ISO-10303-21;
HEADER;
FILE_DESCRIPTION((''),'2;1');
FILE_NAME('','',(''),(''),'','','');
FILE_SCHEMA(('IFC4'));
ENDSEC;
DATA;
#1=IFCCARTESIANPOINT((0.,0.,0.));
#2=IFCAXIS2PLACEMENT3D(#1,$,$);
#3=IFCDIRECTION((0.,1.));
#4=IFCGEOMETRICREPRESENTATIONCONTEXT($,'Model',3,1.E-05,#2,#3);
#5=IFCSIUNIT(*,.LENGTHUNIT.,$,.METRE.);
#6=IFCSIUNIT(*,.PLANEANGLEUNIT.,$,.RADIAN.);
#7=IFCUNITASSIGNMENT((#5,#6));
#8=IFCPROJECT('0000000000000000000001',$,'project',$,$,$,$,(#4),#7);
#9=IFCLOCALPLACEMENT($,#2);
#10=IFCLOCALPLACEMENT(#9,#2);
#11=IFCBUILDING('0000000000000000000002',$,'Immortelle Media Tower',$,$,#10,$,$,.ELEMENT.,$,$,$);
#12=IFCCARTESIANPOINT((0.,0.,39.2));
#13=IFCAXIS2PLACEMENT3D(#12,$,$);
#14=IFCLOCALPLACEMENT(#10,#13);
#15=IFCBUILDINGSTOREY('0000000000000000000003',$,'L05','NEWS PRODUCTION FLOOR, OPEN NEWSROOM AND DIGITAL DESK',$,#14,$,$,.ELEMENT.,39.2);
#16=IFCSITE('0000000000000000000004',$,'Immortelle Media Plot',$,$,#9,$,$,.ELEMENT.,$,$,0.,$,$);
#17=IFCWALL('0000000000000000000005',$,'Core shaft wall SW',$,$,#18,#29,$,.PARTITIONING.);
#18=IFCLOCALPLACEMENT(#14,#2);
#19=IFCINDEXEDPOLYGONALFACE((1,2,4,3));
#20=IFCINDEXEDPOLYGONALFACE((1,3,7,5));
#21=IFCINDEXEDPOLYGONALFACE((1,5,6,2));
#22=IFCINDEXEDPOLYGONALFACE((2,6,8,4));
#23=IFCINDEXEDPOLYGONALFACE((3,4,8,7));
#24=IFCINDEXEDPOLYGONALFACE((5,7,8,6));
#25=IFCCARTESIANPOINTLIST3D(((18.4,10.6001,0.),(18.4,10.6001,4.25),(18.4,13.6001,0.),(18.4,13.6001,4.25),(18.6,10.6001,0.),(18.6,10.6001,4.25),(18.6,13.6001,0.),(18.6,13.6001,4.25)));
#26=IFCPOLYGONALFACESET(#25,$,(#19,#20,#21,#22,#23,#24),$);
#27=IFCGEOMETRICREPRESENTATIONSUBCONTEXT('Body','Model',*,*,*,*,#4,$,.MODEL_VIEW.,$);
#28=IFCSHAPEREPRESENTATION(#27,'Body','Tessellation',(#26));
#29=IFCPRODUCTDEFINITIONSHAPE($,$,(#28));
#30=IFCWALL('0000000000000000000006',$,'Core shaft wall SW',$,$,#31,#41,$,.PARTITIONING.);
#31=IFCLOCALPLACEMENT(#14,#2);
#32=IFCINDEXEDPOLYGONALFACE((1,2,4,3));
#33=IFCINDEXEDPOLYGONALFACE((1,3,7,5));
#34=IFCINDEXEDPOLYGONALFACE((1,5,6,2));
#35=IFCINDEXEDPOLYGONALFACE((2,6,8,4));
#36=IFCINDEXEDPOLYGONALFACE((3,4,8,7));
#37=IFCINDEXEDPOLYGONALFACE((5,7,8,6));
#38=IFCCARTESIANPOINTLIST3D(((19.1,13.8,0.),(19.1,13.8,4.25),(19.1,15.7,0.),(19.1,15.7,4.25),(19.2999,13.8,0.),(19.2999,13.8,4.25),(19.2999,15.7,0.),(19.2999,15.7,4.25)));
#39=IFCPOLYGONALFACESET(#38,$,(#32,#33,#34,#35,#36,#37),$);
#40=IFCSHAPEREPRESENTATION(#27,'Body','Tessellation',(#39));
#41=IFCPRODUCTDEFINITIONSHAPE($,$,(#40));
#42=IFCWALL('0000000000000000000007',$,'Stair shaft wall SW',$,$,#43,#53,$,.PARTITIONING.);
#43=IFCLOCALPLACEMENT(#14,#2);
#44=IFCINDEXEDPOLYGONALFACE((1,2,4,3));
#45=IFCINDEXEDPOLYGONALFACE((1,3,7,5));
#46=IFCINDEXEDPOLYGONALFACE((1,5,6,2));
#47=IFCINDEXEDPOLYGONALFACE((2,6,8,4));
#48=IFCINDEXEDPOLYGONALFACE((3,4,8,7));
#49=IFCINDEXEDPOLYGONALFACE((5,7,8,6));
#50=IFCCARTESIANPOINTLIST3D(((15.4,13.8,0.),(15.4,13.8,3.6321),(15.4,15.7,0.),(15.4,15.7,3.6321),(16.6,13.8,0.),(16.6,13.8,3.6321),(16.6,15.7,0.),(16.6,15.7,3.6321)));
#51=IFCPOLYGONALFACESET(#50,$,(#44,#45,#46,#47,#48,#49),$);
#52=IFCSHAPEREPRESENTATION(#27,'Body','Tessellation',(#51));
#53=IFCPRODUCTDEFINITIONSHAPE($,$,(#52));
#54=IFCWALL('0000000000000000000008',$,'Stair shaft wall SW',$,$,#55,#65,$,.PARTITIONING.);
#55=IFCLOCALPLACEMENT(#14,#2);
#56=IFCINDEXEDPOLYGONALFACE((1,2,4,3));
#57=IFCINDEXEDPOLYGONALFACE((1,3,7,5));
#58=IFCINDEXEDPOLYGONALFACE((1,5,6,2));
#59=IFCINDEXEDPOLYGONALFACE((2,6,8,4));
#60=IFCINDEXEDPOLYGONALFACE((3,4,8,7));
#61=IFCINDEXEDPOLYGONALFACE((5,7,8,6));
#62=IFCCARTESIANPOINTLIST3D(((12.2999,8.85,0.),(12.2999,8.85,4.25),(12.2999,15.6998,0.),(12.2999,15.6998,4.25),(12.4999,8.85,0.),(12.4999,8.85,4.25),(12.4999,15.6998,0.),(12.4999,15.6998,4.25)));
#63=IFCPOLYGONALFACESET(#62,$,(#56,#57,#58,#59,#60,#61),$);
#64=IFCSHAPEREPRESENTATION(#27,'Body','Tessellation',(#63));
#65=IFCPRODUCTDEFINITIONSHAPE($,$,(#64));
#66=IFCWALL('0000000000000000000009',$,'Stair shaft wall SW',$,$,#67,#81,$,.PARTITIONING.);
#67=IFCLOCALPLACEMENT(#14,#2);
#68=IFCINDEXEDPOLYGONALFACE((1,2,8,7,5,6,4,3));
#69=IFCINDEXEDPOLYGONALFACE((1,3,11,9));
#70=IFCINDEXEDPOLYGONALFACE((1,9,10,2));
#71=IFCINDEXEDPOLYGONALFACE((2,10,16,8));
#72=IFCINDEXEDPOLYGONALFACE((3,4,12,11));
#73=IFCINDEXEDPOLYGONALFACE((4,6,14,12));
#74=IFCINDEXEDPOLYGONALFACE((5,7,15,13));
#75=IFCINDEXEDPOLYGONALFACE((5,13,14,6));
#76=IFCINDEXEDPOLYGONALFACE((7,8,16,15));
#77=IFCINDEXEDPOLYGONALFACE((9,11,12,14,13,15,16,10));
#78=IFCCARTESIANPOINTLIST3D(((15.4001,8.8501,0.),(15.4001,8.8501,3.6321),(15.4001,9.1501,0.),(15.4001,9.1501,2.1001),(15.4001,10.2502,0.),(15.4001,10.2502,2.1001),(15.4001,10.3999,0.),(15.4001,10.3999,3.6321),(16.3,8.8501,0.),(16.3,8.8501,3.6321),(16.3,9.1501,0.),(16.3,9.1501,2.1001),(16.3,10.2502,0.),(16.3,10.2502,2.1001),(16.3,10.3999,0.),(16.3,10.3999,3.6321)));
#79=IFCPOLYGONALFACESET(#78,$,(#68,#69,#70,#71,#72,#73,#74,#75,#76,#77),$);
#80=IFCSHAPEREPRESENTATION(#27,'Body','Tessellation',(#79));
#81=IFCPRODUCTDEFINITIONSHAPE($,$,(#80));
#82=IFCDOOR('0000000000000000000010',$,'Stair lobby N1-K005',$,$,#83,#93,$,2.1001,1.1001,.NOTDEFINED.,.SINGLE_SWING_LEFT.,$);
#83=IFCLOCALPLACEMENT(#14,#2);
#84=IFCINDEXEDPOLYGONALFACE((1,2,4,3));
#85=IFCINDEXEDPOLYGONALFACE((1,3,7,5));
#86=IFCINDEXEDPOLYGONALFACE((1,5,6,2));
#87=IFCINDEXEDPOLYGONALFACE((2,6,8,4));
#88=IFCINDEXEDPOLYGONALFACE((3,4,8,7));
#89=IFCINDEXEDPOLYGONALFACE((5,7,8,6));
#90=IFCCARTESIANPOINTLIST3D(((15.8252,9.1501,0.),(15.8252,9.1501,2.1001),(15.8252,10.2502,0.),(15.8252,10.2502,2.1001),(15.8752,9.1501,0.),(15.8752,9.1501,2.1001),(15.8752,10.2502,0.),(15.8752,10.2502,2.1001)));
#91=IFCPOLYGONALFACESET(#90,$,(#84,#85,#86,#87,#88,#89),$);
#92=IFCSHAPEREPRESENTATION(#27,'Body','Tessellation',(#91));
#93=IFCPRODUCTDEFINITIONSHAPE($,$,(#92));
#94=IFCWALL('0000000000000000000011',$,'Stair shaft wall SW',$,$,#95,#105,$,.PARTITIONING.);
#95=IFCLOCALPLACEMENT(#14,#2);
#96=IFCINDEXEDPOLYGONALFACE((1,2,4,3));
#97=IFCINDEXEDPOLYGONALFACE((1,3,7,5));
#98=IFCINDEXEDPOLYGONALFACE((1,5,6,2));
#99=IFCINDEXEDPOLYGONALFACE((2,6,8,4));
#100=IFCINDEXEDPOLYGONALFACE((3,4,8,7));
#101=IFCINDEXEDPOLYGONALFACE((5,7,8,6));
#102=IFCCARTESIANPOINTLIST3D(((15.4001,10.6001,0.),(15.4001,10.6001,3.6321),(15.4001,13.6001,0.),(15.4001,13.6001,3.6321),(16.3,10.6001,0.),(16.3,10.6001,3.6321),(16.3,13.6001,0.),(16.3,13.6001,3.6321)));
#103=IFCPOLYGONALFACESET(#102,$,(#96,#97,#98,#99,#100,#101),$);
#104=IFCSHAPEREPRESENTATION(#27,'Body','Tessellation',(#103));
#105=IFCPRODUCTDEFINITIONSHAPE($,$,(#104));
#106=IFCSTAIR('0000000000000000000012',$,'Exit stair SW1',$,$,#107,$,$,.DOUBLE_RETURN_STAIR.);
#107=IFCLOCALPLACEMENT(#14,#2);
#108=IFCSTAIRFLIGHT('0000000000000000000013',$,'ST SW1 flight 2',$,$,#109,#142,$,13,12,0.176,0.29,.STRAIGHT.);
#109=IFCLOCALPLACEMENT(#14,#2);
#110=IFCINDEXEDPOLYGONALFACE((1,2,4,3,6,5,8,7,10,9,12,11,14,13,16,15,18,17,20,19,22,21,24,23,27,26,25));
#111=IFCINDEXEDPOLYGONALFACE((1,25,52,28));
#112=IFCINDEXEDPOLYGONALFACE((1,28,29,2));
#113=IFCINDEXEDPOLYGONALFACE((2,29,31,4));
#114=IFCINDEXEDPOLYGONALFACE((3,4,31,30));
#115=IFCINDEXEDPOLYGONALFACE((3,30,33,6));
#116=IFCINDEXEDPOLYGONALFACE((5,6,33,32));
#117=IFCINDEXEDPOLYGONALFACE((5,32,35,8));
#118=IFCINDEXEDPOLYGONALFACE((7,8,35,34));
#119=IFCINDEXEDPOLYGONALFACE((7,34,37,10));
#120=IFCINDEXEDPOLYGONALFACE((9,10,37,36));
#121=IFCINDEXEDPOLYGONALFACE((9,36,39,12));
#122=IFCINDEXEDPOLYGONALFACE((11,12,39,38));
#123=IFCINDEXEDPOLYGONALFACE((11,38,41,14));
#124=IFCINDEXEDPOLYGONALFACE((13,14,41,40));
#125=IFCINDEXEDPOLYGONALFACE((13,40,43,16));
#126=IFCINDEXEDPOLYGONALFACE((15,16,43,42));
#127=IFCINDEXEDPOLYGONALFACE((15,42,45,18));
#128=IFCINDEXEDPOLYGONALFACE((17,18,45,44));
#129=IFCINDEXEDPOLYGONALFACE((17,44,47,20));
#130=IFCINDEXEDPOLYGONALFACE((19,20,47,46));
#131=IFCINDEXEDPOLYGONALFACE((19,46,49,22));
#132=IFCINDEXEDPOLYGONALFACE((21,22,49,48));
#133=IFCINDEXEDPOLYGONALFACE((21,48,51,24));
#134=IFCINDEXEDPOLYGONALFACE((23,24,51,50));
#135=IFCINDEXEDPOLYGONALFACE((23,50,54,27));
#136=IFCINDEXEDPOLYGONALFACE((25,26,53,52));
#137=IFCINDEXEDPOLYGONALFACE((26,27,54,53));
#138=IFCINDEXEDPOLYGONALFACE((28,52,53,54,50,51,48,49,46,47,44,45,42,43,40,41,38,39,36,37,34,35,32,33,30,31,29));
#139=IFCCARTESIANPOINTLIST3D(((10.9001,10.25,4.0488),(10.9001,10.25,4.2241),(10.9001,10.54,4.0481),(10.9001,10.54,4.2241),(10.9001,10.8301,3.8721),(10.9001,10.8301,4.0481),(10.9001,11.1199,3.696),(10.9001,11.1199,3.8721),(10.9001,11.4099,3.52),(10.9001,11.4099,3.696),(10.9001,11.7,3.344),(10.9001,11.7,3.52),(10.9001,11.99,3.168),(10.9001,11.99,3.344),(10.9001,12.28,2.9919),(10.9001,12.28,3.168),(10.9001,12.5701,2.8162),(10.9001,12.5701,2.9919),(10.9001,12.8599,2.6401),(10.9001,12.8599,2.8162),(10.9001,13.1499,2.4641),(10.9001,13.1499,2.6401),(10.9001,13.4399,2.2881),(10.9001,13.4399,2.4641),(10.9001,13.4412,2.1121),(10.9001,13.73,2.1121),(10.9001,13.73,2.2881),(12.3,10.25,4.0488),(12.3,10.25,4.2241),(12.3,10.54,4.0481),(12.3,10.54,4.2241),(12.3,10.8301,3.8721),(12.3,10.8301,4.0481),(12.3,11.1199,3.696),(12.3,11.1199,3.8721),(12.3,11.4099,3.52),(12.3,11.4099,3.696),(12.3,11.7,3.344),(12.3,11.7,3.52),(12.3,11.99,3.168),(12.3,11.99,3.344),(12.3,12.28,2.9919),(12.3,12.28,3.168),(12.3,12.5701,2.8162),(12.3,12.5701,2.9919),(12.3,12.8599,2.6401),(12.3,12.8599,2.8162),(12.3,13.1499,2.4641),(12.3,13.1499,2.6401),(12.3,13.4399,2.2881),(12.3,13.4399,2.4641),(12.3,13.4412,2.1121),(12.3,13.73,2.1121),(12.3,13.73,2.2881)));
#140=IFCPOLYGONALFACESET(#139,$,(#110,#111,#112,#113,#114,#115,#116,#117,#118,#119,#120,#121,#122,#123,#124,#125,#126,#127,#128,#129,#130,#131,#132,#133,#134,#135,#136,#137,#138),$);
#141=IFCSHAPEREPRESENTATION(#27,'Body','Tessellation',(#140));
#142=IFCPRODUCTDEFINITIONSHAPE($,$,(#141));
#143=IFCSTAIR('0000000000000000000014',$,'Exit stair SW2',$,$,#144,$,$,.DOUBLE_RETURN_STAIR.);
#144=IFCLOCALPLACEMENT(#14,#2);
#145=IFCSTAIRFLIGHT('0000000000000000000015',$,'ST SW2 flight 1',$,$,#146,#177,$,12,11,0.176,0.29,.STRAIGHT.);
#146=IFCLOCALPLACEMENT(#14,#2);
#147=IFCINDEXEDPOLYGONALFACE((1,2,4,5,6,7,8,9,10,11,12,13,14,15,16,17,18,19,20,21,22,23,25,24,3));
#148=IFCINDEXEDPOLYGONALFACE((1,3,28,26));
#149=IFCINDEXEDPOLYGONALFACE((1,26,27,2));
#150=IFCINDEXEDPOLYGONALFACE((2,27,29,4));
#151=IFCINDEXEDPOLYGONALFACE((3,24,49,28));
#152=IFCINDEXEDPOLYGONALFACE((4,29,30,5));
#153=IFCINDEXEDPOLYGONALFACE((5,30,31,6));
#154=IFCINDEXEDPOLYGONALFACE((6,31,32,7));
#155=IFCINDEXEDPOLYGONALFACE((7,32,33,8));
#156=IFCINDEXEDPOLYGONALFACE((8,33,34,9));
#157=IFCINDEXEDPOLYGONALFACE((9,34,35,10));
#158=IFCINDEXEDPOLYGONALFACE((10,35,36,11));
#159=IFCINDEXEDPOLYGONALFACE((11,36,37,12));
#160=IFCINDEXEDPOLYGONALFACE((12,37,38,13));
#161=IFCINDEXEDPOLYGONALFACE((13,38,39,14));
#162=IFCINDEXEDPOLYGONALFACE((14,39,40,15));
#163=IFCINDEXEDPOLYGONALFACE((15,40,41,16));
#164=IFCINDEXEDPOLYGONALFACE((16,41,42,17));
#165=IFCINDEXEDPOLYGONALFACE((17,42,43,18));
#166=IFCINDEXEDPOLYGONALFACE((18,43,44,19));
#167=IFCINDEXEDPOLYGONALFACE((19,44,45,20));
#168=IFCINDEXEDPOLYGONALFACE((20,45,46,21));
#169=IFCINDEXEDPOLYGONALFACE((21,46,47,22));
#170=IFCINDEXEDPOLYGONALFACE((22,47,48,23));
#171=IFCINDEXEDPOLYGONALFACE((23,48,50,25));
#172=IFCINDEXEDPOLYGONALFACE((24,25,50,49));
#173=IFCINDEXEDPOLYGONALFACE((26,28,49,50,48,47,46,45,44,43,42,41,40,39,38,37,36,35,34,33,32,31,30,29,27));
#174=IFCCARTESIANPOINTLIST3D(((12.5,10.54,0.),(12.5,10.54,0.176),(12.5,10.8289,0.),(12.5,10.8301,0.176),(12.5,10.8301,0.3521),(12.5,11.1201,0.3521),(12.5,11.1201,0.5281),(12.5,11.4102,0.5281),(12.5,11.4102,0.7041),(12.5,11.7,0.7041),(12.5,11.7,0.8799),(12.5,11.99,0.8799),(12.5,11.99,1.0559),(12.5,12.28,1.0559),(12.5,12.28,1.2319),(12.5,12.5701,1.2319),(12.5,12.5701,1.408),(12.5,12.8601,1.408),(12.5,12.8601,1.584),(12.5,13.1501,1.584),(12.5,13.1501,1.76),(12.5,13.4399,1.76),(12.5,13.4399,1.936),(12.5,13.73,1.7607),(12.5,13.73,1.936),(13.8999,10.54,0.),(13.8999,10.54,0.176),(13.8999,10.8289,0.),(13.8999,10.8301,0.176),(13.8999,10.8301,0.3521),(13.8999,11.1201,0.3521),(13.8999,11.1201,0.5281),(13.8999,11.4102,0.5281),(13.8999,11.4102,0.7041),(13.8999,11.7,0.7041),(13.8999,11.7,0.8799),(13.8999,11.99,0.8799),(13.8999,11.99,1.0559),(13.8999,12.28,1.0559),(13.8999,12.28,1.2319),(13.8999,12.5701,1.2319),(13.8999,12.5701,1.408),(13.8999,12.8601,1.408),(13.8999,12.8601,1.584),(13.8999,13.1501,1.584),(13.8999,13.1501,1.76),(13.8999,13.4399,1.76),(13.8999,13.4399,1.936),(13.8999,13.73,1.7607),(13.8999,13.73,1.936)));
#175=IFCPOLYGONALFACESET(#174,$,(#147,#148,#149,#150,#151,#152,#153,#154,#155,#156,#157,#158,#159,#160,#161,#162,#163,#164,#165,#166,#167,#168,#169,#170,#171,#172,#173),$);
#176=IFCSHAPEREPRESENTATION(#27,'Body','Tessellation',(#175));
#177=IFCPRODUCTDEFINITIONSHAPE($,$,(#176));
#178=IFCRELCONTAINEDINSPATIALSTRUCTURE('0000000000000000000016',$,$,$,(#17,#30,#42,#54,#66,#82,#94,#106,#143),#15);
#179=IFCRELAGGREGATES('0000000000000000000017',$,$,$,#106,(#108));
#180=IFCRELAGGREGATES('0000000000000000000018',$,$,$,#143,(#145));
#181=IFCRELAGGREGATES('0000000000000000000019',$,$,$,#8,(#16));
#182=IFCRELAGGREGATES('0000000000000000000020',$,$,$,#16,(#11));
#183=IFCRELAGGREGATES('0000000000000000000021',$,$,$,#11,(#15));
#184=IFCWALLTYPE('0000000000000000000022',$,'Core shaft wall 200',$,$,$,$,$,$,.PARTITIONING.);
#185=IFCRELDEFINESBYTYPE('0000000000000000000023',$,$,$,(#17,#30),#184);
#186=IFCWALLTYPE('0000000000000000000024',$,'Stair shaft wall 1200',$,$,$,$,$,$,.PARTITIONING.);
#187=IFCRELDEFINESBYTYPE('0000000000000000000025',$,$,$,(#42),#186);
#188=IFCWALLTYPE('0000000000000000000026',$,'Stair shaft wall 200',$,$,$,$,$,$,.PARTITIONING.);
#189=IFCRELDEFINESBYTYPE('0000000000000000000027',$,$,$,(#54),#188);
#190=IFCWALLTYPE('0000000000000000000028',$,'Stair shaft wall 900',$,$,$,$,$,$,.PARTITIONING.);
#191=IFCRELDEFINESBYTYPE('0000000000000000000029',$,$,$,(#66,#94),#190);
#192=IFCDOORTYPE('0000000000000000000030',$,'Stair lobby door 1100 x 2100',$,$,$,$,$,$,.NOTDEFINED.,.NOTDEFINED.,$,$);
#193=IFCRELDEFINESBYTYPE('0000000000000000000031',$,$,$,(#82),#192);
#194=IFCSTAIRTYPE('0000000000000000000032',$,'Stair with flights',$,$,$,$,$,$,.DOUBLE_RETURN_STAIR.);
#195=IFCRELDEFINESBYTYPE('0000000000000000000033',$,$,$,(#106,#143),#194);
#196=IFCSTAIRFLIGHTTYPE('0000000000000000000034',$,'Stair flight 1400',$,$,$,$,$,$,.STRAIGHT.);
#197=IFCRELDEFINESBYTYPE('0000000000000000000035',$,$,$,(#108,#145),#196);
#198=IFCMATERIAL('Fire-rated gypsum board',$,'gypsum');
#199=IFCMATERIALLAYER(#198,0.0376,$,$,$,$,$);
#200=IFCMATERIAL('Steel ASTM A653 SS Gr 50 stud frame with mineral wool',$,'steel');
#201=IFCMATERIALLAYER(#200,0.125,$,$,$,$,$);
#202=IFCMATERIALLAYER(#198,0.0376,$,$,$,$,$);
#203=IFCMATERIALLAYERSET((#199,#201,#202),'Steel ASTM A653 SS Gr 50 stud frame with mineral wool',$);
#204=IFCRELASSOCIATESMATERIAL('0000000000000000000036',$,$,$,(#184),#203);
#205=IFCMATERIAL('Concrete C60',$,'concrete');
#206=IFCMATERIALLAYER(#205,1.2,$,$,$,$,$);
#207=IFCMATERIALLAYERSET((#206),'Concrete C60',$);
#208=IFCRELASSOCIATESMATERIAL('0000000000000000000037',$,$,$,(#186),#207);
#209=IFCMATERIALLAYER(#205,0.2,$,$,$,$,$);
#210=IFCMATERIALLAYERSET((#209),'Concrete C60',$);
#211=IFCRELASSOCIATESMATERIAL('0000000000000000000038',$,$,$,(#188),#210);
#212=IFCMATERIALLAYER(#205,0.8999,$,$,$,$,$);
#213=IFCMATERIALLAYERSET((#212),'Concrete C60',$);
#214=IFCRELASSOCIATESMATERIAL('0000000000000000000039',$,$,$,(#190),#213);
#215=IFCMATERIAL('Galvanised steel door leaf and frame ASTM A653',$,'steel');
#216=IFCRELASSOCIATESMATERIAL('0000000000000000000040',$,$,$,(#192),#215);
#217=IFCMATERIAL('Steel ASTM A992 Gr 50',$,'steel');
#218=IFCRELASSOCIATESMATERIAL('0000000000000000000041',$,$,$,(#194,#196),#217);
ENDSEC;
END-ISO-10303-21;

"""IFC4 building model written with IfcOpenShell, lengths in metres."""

from ifc_helpers import new_model, si_unit, direction, frame, frame_2d, origin, place, context, subcontext, project, spatial, polyline, rectangle, outline, extrude, material, layer, layer_set, type_object, element, fill, aggregate, save


model = new_model("IFC4")

# Units and contexts
model_context = context("Model", 3, precision=1e-05, world=origin(), true_north=direction((0.0, 1.0)))
body_context = subcontext(model_context, "Body", "Model", "MODEL_VIEW")
ifc_project = project(units=[si_unit("LENGTHUNIT", "METRE"), si_unit("PLANEANGLEUNIT", "RADIAN")], contexts=[model_context])

# Site, building, storey
site_placement = place(None, origin())
site = spatial("IfcSite", under=ifc_project, at=site_placement, Name="Immortelle Media Plot", CompositionType="ELEMENT", RefElevation=0.0)
building_placement = place(site_placement, origin())
building = spatial("IfcBuilding", under=site, at=building_placement, Name="Immortelle Media Tower", CompositionType="ELEMENT")
storey_placement = place(building_placement, frame((0.0, 0.0, 39.2)))
storey = spatial("IfcBuildingStorey", under=building, at=storey_placement, Name="L05", Description="NEWS PRODUCTION FLOOR, OPEN NEWSROOM AND DIGITAL DESK", CompositionType="ELEMENT", Elevation=39.2)

# Shared definitions
ifc_material_1 = material(Name="Steel ASTM A992 Gr 50", Category="steel")

# Shared definitions
ifc_material_2 = material(Name="Fire-rated gypsum board", Category="gypsum")
ifc_layer_1 = layer(ifc_material_2, 0.0376)
ifc_material_3 = material(Name="Steel ASTM A653 SS Gr 50 stud frame with mineral wool", Category="steel")
ifc_layer_2 = layer(ifc_material_3, 0.125)
ifc_layer_3 = layer(ifc_material_2, 0.0376)
ifc_layer_set_1 = layer_set([ifc_layer_1, ifc_layer_2, ifc_layer_3], Name="Steel ASTM A653 SS Gr 50 stud frame with mineral wool")
wall_type_1 = type_object("IfcWallType", Name="Core shaft wall 200", PredefinedType="PARTITIONING", material=ifc_layer_set_1)

# Walls
wall_1_placement = place(storey_placement, frame((18.5, 10.6001, 0.0), z_axis=(0.0, 0.0, 1.0), x_axis=(0.0, 1.0, 0.0)))
element("IfcWall", 1, at=wall_1_placement, inside=storey, type_object=wall_type_1, Name="Core shaft wall SW", PredefinedType="PARTITIONING", context=body_context, shape_type="SweptSolid", body=[
    extrude(rectangle(XDim=3.0, YDim=0.2, at=frame_2d((1.5, 0.0))), origin(), (0.0, 0.0, 1.0), 4.25),
])
wall_2_placement = place(storey_placement, frame((19.2, 13.8, 0.0), z_axis=(0.0, 0.0, 1.0), x_axis=(0.0, 1.0, 0.0)))
element("IfcWall", 2, at=wall_2_placement, inside=storey, type_object=wall_type_1, Name="Core shaft wall SW", PredefinedType="PARTITIONING", context=body_context, shape_type="SweptSolid", body=[
    extrude(rectangle(XDim=1.8999, YDim=0.2, at=frame_2d((0.95, 0.0))), origin(), (0.0, 0.0, 1.0), 4.25),
])
ifc_material_4 = material(Name="Concrete C60", Category="concrete")
ifc_layer_4 = layer(ifc_material_4, 1.2)
ifc_layer_set_2 = layer_set([ifc_layer_4], Name="Concrete C60")
wall_type_2 = type_object("IfcWallType", Name="Stair shaft wall 1200", PredefinedType="PARTITIONING", material=ifc_layer_set_2)
wall_3_placement = place(storey_placement, frame((16.0, 13.8, 0.0), z_axis=(0.0, 0.0, 1.0), x_axis=(0.0, 1.0, 0.0)))
element("IfcWall", 3, at=wall_3_placement, inside=storey, type_object=wall_type_2, Name="Stair shaft wall SW", PredefinedType="PARTITIONING", context=body_context, shape_type="SweptSolid", body=[
    extrude(rectangle(XDim=1.8999, YDim=1.2, at=frame_2d((0.95, 0.0))), origin(), (0.0, 0.0, 1.0), 3.6321),
])
ifc_layer_5 = layer(ifc_material_4, 0.2)
ifc_layer_set_3 = layer_set([ifc_layer_5], Name="Concrete C60")
wall_type_3 = type_object("IfcWallType", Name="Stair shaft wall 200", PredefinedType="PARTITIONING", material=ifc_layer_set_3)
wall_4_placement = place(storey_placement, frame((12.3999, 8.8501, 0.0), z_axis=(0.0, 0.0, 1.0), x_axis=(0.0, 1.0, 0.0)))
element("IfcWall", 4, at=wall_4_placement, inside=storey, type_object=wall_type_3, Name="Stair shaft wall SW", PredefinedType="PARTITIONING", context=body_context, shape_type="SweptSolid", body=[
    extrude(rectangle(XDim=6.8499, YDim=0.2, at=frame_2d((3.4248, 0.0))), origin(), (0.0, 0.0, 1.0), 4.25),
])

# Wall, opening, door
ifc_layer_6 = layer(ifc_material_4, 0.8999)
ifc_layer_set_4 = layer_set([ifc_layer_6], Name="Concrete C60")
wall_type_4 = type_object("IfcWallType", Name="Stair shaft wall 900", PredefinedType="PARTITIONING", material=ifc_layer_set_4)
wall_5_placement = place(storey_placement, frame((15.8501, 8.8501, 0.0), z_axis=(0.0, 0.0, 1.0), x_axis=(0.0, 1.0, 0.0)))
wall_5 = element("IfcWall", 5, at=wall_5_placement, inside=storey, type_object=wall_type_4, Name="Stair shaft wall SW", PredefinedType="PARTITIONING", context=body_context, shape_type="SweptSolid", body=[
    extrude(rectangle(XDim=1.5498, YDim=0.8999, at=frame_2d((0.7749, 0.0))), origin(), (0.0, 0.0, 1.0), 3.6321),
])
opening_1_placement = place(wall_5_placement, frame((0.3, 0.0, 0.0)))
opening_1 = element("IfcOpeningElement", 6, at=opening_1_placement, cuts=wall_5, PredefinedType="OPENING", context=body_context, shape_type="SweptSolid", body=[
    extrude(rectangle(XDim=1.1001, YDim=2.1001, at=frame_2d((0.55, 1.05))), frame((0.0, 0.46, 0.0), z_axis=(0.0, -1.0, 0.0), x_axis=(1.0, 0.0, 0.0)), (0.0, 0.0, 1.0), 0.9199),
])
ifc_material_5 = material(Name="Galvanised steel door leaf and frame ASTM A653", Category="steel")
door_type_1 = type_object("IfcDoorType", Name="Stair lobby door 1100 x 2100", OperationType="NOTDEFINED", PredefinedType="NOTDEFINED", material=ifc_material_5)
door_1_placement = place(opening_1_placement, origin())
door_1 = element("IfcDoor", 7, at=door_1_placement, inside=storey, type_object=door_type_1, Name="Stair lobby N1-K005", OperationType="SINGLE_SWING_LEFT", OverallHeight=2.1001, OverallWidth=1.1001, PredefinedType="NOTDEFINED", context=body_context, shape_type="SweptSolid", body=[
    extrude(rectangle(XDim=1.1001, YDim=2.1001, at=frame_2d((0.55, 1.05))), frame((0.0, 0.0249, 0.0), z_axis=(0.0, -1.0, 0.0), x_axis=(1.0, 0.0, 0.0)), (0.0, 0.0, 1.0), 0.05),
])
fill(opening_1, door_1)

# Wall
wall_6_placement = place(storey_placement, frame((15.8501, 10.6001, 0.0), z_axis=(0.0, 0.0, 1.0), x_axis=(0.0, 1.0, 0.0)))
element("IfcWall", 8, at=wall_6_placement, inside=storey, type_object=wall_type_4, Name="Stair shaft wall SW", PredefinedType="PARTITIONING", context=body_context, shape_type="SweptSolid", body=[
    extrude(rectangle(XDim=3.0, YDim=0.8999, at=frame_2d((1.5, 0.0))), origin(), (0.0, 0.0, 1.0), 3.6321),
])

# Stair, stair flight
stair_type = type_object("IfcStairType", Name="Stair with flights", PredefinedType="DOUBLE_RETURN_STAIR", material=ifc_material_1)
stair_1_placement = place(storey_placement, origin())
stair_1 = element("IfcStair", 9, at=stair_1_placement, inside=storey, type_object=stair_type, Name="Exit stair SW1", PredefinedType="DOUBLE_RETURN_STAIR")
stair_flight_type = type_object("IfcStairFlightType", Name="Stair flight 1400", PredefinedType="STRAIGHT", material=ifc_material_1)
stair_flight_1_placement = place(storey_placement, frame((11.6001, 13.73, 2.1121), z_axis=(0.0, 0.0, 1.0), x_axis=(0.0, -1.0, 0.0)))
stair_flight_1 = element("IfcStairFlight", 10, at=stair_flight_1_placement, type_object=stair_flight_type, Name="ST SW1 flight 2", NumberOfRisers=13, NumberOfTreads=12, PredefinedType="STRAIGHT", RiserHeight=0.176, TreadLength=0.29, context=body_context, shape_type="SweptSolid", body=[
    extrude(outline(polyline([(0.0, 0.0), (0.0, 0.176), (0.29, 0.176), (0.29, 0.3521), (0.5801, 0.3521), (0.5801, 0.5281), (0.8701, 0.5281), (0.8701, 0.7041), (1.1599, 0.7041), (1.1599, 0.8799), (1.45, 0.8799), (1.45, 1.0559), (1.74, 1.0559), (1.74, 1.2319), (2.03, 1.2319), (2.03, 1.408), (2.3201, 1.408), (2.3201, 1.584), (2.6101, 1.584), (2.6101, 1.76), (2.8999, 1.76), (2.8999, 1.936), (3.1899, 1.936), (3.1899, 2.1121), (3.48, 2.1121), (3.48, 2.2881), (3.48, 1.9368), (0.2888, 0.0), (0.0, 0.0)])), frame((0.0, 0.7, 0.0), z_axis=(0.0, -1.0, 0.0), x_axis=(1.0, 0.0, 0.0)), (0.0, 0.0, 1.0), 1.3999),
])
aggregate(stair_1, [stair_flight_1])

# Stair, stair flight
stair_2_placement = place(storey_placement, origin())
stair_2 = element("IfcStair", 11, at=stair_2_placement, inside=storey, type_object=stair_type, Name="Exit stair SW2", PredefinedType="DOUBLE_RETURN_STAIR")
stair_flight_2_placement = place(storey_placement, frame((13.2, 10.54, 0.0), z_axis=(0.0, 0.0, 1.0), x_axis=(0.0, 1.0, 0.0)))
stair_flight_2 = element("IfcStairFlight", 12, at=stair_flight_2_placement, type_object=stair_flight_type, Name="ST SW2 flight 1", NumberOfRisers=12, NumberOfTreads=11, PredefinedType="STRAIGHT", RiserHeight=0.176, TreadLength=0.29, context=body_context, shape_type="SweptSolid", body=[
    extrude(outline(polyline([(0.0, 0.0), (0.0, 0.176), (0.29, 0.176), (0.29, 0.3521), (0.5801, 0.3521), (0.5801, 0.5281), (0.8701, 0.5281), (0.8701, 0.7041), (1.1599, 0.7041), (1.1599, 0.8799), (1.45, 0.8799), (1.45, 1.0559), (1.74, 1.0559), (1.74, 1.2319), (2.03, 1.2319), (2.03, 1.408), (2.3201, 1.408), (2.3201, 1.584), (2.6101, 1.584), (2.6101, 1.76), (2.8999, 1.76), (2.8999, 1.936), (3.1899, 1.936), (3.1899, 2.1121), (3.1899, 1.7607), (0.2888, 0.0), (0.0, 0.0)])), frame((0.0, 0.7, 0.0), z_axis=(0.0, -1.0, 0.0), x_axis=(1.0, 0.0, 0.0)), (0.0, 0.0, 1.0), 1.3999),
])
aggregate(stair_2, [stair_flight_2])

save(model, "model.ifc")
